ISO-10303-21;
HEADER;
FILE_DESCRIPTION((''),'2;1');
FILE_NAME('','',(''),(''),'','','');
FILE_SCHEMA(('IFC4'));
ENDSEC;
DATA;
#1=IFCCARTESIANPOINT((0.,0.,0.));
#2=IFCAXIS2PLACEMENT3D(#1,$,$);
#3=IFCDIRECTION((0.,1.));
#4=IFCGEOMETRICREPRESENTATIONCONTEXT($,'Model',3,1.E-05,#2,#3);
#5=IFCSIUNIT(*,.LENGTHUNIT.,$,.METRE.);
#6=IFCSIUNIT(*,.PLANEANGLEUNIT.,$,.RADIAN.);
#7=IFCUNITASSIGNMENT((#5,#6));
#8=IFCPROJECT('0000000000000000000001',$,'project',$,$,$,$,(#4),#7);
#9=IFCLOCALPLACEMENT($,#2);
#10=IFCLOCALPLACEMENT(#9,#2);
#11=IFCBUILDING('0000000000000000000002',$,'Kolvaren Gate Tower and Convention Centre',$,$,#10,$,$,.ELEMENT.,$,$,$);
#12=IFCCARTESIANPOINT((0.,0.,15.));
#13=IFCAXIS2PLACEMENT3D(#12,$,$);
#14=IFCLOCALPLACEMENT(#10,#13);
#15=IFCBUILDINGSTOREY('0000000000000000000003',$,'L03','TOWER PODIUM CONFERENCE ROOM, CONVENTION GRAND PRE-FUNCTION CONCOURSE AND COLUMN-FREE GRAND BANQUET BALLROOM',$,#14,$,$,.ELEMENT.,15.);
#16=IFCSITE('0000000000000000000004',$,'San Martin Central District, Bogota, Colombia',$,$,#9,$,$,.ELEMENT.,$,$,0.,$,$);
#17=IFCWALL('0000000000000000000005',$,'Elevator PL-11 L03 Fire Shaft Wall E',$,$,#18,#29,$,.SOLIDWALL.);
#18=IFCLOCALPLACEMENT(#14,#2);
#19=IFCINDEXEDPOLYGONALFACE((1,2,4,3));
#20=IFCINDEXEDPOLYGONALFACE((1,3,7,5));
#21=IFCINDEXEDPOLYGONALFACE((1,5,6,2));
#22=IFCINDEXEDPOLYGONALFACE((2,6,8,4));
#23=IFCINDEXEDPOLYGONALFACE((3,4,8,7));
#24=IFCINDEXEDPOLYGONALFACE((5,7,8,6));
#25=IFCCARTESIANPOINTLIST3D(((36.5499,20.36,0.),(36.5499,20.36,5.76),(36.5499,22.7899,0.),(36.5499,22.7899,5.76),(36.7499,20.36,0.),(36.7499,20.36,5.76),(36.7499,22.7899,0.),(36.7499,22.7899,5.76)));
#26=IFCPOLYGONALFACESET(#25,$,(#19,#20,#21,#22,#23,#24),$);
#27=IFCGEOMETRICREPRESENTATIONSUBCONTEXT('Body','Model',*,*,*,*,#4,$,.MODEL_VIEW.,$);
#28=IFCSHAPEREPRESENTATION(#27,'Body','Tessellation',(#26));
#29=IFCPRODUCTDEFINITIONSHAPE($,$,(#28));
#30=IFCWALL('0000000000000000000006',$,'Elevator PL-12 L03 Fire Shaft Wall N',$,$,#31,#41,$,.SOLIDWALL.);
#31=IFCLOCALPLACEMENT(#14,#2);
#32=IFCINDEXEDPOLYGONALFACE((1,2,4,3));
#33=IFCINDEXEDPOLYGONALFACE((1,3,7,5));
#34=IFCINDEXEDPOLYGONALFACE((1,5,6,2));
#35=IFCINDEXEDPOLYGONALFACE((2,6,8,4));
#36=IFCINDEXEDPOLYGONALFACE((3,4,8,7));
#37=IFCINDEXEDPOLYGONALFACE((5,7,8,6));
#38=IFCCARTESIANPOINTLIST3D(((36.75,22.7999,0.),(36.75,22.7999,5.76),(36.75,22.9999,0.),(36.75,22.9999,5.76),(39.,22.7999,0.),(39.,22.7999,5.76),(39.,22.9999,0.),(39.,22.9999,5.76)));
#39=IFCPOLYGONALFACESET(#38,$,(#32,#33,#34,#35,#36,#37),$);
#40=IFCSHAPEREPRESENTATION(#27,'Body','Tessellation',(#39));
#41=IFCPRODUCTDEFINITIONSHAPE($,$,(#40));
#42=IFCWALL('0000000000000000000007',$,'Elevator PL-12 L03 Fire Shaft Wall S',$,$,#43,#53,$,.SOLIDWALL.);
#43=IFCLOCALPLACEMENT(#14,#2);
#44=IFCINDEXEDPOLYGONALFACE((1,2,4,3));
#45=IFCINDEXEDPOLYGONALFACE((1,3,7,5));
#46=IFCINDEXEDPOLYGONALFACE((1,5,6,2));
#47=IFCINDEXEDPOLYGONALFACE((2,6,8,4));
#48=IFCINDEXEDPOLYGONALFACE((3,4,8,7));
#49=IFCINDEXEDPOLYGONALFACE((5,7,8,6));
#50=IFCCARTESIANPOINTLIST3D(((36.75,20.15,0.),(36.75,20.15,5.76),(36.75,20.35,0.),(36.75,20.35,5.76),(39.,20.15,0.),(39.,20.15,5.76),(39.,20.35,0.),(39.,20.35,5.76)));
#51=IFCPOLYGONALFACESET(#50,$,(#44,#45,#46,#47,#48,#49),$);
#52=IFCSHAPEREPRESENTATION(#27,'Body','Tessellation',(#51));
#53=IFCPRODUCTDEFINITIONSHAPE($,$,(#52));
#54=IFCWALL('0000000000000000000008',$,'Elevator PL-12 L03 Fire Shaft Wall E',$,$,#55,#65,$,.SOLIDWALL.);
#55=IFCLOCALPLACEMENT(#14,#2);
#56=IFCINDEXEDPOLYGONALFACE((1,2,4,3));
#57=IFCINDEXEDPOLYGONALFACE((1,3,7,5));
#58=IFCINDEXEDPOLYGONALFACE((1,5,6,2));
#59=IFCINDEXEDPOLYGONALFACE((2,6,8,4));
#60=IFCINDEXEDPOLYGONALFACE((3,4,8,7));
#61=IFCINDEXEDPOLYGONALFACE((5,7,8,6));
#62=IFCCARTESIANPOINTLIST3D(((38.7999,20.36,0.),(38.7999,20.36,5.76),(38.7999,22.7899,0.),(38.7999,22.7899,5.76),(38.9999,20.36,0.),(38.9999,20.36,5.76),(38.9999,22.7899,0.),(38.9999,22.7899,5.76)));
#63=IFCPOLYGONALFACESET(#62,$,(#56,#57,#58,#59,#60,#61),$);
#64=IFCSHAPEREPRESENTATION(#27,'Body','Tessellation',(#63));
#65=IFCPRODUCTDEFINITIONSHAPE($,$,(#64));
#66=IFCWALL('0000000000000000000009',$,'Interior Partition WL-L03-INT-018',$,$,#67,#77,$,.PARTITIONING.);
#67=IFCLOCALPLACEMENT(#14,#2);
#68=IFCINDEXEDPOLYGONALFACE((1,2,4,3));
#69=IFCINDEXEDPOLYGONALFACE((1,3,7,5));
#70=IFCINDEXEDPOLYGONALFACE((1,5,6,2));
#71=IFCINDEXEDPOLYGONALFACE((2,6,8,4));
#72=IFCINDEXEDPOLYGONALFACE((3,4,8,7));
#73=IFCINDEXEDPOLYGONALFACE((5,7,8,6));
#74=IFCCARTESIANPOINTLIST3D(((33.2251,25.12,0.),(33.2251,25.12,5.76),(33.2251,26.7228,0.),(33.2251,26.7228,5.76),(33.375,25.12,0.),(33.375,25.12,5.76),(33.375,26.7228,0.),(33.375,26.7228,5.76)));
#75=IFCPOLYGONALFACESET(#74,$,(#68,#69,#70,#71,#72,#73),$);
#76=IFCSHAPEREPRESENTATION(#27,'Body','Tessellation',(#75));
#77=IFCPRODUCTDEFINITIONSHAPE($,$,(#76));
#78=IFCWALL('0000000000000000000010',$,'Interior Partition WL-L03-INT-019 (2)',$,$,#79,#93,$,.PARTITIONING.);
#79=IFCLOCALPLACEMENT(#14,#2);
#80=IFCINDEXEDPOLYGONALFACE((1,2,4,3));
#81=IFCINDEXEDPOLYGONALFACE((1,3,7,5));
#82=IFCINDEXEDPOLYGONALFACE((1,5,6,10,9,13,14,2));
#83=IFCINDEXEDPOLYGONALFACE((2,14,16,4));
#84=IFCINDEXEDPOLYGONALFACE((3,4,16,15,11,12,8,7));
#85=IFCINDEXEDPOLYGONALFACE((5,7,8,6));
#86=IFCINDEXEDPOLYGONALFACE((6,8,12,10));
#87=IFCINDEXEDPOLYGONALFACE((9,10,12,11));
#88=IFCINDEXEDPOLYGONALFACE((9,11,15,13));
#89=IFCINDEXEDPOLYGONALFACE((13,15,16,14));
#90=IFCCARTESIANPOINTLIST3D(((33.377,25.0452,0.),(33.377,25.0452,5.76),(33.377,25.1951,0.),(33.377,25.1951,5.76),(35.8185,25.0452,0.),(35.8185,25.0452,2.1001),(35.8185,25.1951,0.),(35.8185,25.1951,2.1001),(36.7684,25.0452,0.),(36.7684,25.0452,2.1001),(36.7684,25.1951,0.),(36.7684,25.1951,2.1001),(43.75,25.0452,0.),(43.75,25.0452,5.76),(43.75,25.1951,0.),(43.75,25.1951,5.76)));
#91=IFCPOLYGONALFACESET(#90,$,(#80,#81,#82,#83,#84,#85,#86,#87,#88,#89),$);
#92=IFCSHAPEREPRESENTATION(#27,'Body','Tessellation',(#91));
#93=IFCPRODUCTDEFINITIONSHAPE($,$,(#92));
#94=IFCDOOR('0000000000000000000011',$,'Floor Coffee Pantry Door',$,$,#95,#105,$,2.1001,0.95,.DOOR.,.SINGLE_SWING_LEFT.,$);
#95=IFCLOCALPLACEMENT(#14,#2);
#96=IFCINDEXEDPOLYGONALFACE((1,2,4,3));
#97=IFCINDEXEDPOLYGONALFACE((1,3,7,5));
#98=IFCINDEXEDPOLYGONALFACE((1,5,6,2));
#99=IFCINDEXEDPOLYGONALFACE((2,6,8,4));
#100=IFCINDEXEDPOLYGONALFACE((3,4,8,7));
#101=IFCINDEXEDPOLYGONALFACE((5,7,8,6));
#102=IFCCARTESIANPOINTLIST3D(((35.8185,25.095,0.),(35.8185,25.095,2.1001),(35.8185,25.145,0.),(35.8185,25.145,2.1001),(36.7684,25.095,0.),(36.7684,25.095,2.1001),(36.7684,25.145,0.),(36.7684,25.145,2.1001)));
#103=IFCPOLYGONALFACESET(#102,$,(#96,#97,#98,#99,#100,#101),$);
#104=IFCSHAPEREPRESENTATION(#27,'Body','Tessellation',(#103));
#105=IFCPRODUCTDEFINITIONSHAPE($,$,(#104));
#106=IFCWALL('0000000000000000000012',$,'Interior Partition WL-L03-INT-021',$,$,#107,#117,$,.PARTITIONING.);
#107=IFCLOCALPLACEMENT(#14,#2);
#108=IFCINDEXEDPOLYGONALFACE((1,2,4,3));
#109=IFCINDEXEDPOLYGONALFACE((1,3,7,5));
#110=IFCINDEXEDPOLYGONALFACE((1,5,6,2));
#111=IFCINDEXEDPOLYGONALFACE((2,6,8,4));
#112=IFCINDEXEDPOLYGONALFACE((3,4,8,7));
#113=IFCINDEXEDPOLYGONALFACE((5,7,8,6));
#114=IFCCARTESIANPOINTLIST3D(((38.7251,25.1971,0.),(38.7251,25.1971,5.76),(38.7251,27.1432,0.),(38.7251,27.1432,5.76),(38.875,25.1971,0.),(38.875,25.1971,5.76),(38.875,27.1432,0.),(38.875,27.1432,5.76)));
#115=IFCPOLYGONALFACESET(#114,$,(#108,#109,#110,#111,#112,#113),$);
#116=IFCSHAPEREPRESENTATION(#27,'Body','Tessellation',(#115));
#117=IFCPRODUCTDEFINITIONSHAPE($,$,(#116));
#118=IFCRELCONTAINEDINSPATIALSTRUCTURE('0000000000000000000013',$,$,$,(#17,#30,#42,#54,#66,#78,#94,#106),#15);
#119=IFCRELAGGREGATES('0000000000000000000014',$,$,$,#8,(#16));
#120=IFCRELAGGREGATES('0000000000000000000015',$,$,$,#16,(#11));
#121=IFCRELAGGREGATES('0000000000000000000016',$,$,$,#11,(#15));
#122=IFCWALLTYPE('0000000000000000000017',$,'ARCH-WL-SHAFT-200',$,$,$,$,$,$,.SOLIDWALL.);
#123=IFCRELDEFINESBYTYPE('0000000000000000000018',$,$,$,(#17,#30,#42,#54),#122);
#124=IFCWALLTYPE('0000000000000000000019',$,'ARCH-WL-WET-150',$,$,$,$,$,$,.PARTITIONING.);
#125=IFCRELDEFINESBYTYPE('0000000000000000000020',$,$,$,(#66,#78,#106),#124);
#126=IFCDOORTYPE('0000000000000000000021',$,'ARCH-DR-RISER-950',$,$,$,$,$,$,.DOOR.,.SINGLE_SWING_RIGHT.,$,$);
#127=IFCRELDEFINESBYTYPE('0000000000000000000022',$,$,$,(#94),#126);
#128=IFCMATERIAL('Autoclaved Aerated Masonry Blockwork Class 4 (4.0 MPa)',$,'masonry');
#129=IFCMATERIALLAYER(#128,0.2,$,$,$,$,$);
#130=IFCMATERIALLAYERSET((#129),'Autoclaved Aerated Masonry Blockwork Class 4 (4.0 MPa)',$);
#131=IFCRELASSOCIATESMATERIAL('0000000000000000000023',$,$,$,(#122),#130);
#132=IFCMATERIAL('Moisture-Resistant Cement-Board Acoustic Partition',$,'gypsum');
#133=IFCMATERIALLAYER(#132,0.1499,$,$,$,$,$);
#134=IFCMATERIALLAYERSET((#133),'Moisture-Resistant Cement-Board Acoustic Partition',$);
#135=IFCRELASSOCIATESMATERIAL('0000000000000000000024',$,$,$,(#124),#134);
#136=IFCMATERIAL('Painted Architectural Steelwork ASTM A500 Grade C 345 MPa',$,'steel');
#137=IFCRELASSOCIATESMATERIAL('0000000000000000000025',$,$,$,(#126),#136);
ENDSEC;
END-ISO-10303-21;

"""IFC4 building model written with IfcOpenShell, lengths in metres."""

from ifc_helpers import new_model, si_unit, direction, frame, frame_2d, origin, place, context, subcontext, project, spatial, rectangle, extrude, material, layer, layer_set, type_object, element, fill, save


model = new_model("IFC4")

# Units and contexts
model_context = context("Model", 3, precision=1e-05, world=origin(), true_north=direction((0.0, 1.0)))
body_context = subcontext(model_context, "Body", "Model", "MODEL_VIEW")
ifc_project = project(units=[si_unit("LENGTHUNIT", "METRE"), si_unit("PLANEANGLEUNIT", "RADIAN")], contexts=[model_context])

# Site, building, storey
site_placement = place(None, origin())
site = spatial("IfcSite", under=ifc_project, at=site_placement, Name="San Martin Central District, Bogota, Colombia", CompositionType="ELEMENT", RefElevation=0.0)
building_placement = place(site_placement, origin())
building = spatial("IfcBuilding", under=site, at=building_placement, Name="Kolvaren Gate Tower and Convention Centre", CompositionType="ELEMENT")
storey_placement = place(building_placement, frame((0.0, 0.0, 15.0)))
storey = spatial("IfcBuildingStorey", under=building, at=storey_placement, Name="L03", Description="TOWER PODIUM CONFERENCE ROOM, CONVENTION GRAND PRE-FUNCTION CONCOURSE AND COLUMN-FREE GRAND BANQUET BALLROOM", CompositionType="ELEMENT", Elevation=15.0)

# Walls
ifc_material_1 = material(Name="Autoclaved Aerated Masonry Blockwork Class 4 (4.0 MPa)", Category="masonry")
ifc_layer_1 = layer(ifc_material_1, 0.2)
ifc_layer_set_1 = layer_set([ifc_layer_1], Name="Autoclaved Aerated Masonry Blockwork Class 4 (4.0 MPa)")
wall_type_1 = type_object("IfcWallType", Name="ARCH-WL-SHAFT-200", PredefinedType="SOLIDWALL", material=ifc_layer_set_1)
wall_1_placement = place(storey_placement, frame((36.6499, 20.3601, 0.0), z_axis=(0.0, 0.0, 1.0), x_axis=(0.0, 1.0, 0.0)))
element("IfcWall", 1, at=wall_1_placement, inside=storey, type_object=wall_type_1, Name="Elevator PL-11 L03 Fire Shaft Wall E", PredefinedType="SOLIDWALL", context=body_context, shape_type="SweptSolid", body=[
    extrude(rectangle(XDim=2.4299, YDim=0.2, at=frame_2d((1.2148, 0.0))), origin(), (0.0, 0.0, 1.0), 5.76),
])
for number, where, z_axis, x_axis, name in (
    (2, (36.75, 22.8999, 0.0), (0.0, 0.0, 1.0), (1.0, 0.0, 0.0), "Elevator PL-12 L03 Fire Shaft Wall N"),
    (3, (36.75, 20.25, 0.0), (0.0, 0.0, 1.0), (1.0, 0.0, 0.0), "Elevator PL-12 L03 Fire Shaft Wall S"),
):
    element("IfcWall", number, at=place(storey_placement, frame(where, z_axis=z_axis, x_axis=x_axis)), inside=storey, type_object=wall_type_1, Name=name, PredefinedType="SOLIDWALL", context=body_context, shape_type="SweptSolid", body=[
        extrude(rectangle(XDim=2.25, YDim=0.2, at=frame_2d((1.125, 0.0))), origin(), (0.0, 0.0, 1.0), 5.76),
    ])
wall_2_placement = place(storey_placement, frame((38.8999, 20.3601, 0.0), z_axis=(0.0, 0.0, 1.0), x_axis=(0.0, 1.0, 0.0)))
element("IfcWall", 4, at=wall_2_placement, inside=storey, type_object=wall_type_1, Name="Elevator PL-12 L03 Fire Shaft Wall E", PredefinedType="SOLIDWALL", context=body_context, shape_type="SweptSolid", body=[
    extrude(rectangle(XDim=2.4299, YDim=0.2, at=frame_2d((1.2148, 0.0))), origin(), (0.0, 0.0, 1.0), 5.76),
])
ifc_material_2 = material(Name="Moisture-Resistant Cement-Board Acoustic Partition", Category="gypsum")
ifc_layer_2 = layer(ifc_material_2, 0.1499)
ifc_layer_set_2 = layer_set([ifc_layer_2], Name="Moisture-Resistant Cement-Board Acoustic Partition")
wall_type_2 = type_object("IfcWallType", Name="ARCH-WL-WET-150", PredefinedType="PARTITIONING", material=ifc_layer_set_2)
wall_3_placement = place(storey_placement, frame((33.3, 25.1201, 0.0), z_axis=(0.0, 0.0, 1.0), x_axis=(0.0, 1.0, 0.0)))
element("IfcWall", 5, at=wall_3_placement, inside=storey, type_object=wall_type_2, Name="Interior Partition WL-L03-INT-018", PredefinedType="PARTITIONING", context=body_context, shape_type="SweptSolid", body=[
    extrude(rectangle(XDim=1.6028, YDim=0.1499, at=frame_2d((0.8013, 0.0))), origin(), (0.0, 0.0, 1.0), 5.76),
])

# Wall, opening, door
wall_4_placement = place(storey_placement, frame((33.377, 25.1201, 0.0), z_axis=(0.0, 0.0, 1.0), x_axis=(1.0, 0.0, 0.0)))
wall_4 = element("IfcWall", 6, at=wall_4_placement, inside=storey, type_object=wall_type_2, Name="Interior Partition WL-L03-INT-019 (2)", PredefinedType="PARTITIONING", context=body_context, shape_type="SweptSolid", body=[
    extrude(rectangle(XDim=10.373, YDim=0.1499, at=frame_2d((5.1865, 0.0))), origin(), (0.0, 0.0, 1.0), 5.76),
])
opening_placement = place(wall_4_placement, frame((2.4414, 0.0, 0.0)))
opening = element("IfcOpeningElement", 7, at=opening_placement, cuts=wall_4, PredefinedType="OPENING", context=body_context, shape_type="SweptSolid", body=[
    extrude(rectangle(XDim=0.95, YDim=2.1001, at=frame_2d((0.4751, 1.05))), frame((0.0, 0.085, 0.0), z_axis=(0.0, -1.0, 0.0), x_axis=(1.0, 0.0, 0.0)), (0.0, 0.0, 1.0), 0.1699),
])
ifc_material_3 = material(Name="Painted Architectural Steelwork ASTM A500 Grade C 345 MPa", Category="steel")
door_type = type_object("IfcDoorType", Name="ARCH-DR-RISER-950", OperationType="SINGLE_SWING_RIGHT", PredefinedType="DOOR", material=ifc_material_3)
door_placement = place(opening_placement, origin())
door = element("IfcDoor", 8, at=door_placement, inside=storey, type_object=door_type, Name="Floor Coffee Pantry Door", OperationType="SINGLE_SWING_LEFT", OverallHeight=2.1001, OverallWidth=0.95, PredefinedType="DOOR", context=body_context, shape_type="SweptSolid", body=[
    extrude(rectangle(XDim=0.95, YDim=2.1001, at=frame_2d((0.4751, 1.05))), frame((0.0, 0.0249, 0.0), z_axis=(0.0, -1.0, 0.0), x_axis=(1.0, 0.0, 0.0)), (0.0, 0.0, 1.0), 0.05),
])
fill(opening, door)

# Wall
wall_5_placement = place(storey_placement, frame((38.8, 25.197, 0.0), z_axis=(0.0, 0.0, 1.0), x_axis=(0.0, 1.0, 0.0)))
element("IfcWall", 9, at=wall_5_placement, inside=storey, type_object=wall_type_2, Name="Interior Partition WL-L03-INT-021", PredefinedType="PARTITIONING", context=body_context, shape_type="SweptSolid", body=[
    extrude(rectangle(XDim=1.946, YDim=0.1499, at=frame_2d((0.9731, 0.0))), origin(), (0.0, 0.0, 1.0), 5.76),
])

save(model, "model.ifc")
